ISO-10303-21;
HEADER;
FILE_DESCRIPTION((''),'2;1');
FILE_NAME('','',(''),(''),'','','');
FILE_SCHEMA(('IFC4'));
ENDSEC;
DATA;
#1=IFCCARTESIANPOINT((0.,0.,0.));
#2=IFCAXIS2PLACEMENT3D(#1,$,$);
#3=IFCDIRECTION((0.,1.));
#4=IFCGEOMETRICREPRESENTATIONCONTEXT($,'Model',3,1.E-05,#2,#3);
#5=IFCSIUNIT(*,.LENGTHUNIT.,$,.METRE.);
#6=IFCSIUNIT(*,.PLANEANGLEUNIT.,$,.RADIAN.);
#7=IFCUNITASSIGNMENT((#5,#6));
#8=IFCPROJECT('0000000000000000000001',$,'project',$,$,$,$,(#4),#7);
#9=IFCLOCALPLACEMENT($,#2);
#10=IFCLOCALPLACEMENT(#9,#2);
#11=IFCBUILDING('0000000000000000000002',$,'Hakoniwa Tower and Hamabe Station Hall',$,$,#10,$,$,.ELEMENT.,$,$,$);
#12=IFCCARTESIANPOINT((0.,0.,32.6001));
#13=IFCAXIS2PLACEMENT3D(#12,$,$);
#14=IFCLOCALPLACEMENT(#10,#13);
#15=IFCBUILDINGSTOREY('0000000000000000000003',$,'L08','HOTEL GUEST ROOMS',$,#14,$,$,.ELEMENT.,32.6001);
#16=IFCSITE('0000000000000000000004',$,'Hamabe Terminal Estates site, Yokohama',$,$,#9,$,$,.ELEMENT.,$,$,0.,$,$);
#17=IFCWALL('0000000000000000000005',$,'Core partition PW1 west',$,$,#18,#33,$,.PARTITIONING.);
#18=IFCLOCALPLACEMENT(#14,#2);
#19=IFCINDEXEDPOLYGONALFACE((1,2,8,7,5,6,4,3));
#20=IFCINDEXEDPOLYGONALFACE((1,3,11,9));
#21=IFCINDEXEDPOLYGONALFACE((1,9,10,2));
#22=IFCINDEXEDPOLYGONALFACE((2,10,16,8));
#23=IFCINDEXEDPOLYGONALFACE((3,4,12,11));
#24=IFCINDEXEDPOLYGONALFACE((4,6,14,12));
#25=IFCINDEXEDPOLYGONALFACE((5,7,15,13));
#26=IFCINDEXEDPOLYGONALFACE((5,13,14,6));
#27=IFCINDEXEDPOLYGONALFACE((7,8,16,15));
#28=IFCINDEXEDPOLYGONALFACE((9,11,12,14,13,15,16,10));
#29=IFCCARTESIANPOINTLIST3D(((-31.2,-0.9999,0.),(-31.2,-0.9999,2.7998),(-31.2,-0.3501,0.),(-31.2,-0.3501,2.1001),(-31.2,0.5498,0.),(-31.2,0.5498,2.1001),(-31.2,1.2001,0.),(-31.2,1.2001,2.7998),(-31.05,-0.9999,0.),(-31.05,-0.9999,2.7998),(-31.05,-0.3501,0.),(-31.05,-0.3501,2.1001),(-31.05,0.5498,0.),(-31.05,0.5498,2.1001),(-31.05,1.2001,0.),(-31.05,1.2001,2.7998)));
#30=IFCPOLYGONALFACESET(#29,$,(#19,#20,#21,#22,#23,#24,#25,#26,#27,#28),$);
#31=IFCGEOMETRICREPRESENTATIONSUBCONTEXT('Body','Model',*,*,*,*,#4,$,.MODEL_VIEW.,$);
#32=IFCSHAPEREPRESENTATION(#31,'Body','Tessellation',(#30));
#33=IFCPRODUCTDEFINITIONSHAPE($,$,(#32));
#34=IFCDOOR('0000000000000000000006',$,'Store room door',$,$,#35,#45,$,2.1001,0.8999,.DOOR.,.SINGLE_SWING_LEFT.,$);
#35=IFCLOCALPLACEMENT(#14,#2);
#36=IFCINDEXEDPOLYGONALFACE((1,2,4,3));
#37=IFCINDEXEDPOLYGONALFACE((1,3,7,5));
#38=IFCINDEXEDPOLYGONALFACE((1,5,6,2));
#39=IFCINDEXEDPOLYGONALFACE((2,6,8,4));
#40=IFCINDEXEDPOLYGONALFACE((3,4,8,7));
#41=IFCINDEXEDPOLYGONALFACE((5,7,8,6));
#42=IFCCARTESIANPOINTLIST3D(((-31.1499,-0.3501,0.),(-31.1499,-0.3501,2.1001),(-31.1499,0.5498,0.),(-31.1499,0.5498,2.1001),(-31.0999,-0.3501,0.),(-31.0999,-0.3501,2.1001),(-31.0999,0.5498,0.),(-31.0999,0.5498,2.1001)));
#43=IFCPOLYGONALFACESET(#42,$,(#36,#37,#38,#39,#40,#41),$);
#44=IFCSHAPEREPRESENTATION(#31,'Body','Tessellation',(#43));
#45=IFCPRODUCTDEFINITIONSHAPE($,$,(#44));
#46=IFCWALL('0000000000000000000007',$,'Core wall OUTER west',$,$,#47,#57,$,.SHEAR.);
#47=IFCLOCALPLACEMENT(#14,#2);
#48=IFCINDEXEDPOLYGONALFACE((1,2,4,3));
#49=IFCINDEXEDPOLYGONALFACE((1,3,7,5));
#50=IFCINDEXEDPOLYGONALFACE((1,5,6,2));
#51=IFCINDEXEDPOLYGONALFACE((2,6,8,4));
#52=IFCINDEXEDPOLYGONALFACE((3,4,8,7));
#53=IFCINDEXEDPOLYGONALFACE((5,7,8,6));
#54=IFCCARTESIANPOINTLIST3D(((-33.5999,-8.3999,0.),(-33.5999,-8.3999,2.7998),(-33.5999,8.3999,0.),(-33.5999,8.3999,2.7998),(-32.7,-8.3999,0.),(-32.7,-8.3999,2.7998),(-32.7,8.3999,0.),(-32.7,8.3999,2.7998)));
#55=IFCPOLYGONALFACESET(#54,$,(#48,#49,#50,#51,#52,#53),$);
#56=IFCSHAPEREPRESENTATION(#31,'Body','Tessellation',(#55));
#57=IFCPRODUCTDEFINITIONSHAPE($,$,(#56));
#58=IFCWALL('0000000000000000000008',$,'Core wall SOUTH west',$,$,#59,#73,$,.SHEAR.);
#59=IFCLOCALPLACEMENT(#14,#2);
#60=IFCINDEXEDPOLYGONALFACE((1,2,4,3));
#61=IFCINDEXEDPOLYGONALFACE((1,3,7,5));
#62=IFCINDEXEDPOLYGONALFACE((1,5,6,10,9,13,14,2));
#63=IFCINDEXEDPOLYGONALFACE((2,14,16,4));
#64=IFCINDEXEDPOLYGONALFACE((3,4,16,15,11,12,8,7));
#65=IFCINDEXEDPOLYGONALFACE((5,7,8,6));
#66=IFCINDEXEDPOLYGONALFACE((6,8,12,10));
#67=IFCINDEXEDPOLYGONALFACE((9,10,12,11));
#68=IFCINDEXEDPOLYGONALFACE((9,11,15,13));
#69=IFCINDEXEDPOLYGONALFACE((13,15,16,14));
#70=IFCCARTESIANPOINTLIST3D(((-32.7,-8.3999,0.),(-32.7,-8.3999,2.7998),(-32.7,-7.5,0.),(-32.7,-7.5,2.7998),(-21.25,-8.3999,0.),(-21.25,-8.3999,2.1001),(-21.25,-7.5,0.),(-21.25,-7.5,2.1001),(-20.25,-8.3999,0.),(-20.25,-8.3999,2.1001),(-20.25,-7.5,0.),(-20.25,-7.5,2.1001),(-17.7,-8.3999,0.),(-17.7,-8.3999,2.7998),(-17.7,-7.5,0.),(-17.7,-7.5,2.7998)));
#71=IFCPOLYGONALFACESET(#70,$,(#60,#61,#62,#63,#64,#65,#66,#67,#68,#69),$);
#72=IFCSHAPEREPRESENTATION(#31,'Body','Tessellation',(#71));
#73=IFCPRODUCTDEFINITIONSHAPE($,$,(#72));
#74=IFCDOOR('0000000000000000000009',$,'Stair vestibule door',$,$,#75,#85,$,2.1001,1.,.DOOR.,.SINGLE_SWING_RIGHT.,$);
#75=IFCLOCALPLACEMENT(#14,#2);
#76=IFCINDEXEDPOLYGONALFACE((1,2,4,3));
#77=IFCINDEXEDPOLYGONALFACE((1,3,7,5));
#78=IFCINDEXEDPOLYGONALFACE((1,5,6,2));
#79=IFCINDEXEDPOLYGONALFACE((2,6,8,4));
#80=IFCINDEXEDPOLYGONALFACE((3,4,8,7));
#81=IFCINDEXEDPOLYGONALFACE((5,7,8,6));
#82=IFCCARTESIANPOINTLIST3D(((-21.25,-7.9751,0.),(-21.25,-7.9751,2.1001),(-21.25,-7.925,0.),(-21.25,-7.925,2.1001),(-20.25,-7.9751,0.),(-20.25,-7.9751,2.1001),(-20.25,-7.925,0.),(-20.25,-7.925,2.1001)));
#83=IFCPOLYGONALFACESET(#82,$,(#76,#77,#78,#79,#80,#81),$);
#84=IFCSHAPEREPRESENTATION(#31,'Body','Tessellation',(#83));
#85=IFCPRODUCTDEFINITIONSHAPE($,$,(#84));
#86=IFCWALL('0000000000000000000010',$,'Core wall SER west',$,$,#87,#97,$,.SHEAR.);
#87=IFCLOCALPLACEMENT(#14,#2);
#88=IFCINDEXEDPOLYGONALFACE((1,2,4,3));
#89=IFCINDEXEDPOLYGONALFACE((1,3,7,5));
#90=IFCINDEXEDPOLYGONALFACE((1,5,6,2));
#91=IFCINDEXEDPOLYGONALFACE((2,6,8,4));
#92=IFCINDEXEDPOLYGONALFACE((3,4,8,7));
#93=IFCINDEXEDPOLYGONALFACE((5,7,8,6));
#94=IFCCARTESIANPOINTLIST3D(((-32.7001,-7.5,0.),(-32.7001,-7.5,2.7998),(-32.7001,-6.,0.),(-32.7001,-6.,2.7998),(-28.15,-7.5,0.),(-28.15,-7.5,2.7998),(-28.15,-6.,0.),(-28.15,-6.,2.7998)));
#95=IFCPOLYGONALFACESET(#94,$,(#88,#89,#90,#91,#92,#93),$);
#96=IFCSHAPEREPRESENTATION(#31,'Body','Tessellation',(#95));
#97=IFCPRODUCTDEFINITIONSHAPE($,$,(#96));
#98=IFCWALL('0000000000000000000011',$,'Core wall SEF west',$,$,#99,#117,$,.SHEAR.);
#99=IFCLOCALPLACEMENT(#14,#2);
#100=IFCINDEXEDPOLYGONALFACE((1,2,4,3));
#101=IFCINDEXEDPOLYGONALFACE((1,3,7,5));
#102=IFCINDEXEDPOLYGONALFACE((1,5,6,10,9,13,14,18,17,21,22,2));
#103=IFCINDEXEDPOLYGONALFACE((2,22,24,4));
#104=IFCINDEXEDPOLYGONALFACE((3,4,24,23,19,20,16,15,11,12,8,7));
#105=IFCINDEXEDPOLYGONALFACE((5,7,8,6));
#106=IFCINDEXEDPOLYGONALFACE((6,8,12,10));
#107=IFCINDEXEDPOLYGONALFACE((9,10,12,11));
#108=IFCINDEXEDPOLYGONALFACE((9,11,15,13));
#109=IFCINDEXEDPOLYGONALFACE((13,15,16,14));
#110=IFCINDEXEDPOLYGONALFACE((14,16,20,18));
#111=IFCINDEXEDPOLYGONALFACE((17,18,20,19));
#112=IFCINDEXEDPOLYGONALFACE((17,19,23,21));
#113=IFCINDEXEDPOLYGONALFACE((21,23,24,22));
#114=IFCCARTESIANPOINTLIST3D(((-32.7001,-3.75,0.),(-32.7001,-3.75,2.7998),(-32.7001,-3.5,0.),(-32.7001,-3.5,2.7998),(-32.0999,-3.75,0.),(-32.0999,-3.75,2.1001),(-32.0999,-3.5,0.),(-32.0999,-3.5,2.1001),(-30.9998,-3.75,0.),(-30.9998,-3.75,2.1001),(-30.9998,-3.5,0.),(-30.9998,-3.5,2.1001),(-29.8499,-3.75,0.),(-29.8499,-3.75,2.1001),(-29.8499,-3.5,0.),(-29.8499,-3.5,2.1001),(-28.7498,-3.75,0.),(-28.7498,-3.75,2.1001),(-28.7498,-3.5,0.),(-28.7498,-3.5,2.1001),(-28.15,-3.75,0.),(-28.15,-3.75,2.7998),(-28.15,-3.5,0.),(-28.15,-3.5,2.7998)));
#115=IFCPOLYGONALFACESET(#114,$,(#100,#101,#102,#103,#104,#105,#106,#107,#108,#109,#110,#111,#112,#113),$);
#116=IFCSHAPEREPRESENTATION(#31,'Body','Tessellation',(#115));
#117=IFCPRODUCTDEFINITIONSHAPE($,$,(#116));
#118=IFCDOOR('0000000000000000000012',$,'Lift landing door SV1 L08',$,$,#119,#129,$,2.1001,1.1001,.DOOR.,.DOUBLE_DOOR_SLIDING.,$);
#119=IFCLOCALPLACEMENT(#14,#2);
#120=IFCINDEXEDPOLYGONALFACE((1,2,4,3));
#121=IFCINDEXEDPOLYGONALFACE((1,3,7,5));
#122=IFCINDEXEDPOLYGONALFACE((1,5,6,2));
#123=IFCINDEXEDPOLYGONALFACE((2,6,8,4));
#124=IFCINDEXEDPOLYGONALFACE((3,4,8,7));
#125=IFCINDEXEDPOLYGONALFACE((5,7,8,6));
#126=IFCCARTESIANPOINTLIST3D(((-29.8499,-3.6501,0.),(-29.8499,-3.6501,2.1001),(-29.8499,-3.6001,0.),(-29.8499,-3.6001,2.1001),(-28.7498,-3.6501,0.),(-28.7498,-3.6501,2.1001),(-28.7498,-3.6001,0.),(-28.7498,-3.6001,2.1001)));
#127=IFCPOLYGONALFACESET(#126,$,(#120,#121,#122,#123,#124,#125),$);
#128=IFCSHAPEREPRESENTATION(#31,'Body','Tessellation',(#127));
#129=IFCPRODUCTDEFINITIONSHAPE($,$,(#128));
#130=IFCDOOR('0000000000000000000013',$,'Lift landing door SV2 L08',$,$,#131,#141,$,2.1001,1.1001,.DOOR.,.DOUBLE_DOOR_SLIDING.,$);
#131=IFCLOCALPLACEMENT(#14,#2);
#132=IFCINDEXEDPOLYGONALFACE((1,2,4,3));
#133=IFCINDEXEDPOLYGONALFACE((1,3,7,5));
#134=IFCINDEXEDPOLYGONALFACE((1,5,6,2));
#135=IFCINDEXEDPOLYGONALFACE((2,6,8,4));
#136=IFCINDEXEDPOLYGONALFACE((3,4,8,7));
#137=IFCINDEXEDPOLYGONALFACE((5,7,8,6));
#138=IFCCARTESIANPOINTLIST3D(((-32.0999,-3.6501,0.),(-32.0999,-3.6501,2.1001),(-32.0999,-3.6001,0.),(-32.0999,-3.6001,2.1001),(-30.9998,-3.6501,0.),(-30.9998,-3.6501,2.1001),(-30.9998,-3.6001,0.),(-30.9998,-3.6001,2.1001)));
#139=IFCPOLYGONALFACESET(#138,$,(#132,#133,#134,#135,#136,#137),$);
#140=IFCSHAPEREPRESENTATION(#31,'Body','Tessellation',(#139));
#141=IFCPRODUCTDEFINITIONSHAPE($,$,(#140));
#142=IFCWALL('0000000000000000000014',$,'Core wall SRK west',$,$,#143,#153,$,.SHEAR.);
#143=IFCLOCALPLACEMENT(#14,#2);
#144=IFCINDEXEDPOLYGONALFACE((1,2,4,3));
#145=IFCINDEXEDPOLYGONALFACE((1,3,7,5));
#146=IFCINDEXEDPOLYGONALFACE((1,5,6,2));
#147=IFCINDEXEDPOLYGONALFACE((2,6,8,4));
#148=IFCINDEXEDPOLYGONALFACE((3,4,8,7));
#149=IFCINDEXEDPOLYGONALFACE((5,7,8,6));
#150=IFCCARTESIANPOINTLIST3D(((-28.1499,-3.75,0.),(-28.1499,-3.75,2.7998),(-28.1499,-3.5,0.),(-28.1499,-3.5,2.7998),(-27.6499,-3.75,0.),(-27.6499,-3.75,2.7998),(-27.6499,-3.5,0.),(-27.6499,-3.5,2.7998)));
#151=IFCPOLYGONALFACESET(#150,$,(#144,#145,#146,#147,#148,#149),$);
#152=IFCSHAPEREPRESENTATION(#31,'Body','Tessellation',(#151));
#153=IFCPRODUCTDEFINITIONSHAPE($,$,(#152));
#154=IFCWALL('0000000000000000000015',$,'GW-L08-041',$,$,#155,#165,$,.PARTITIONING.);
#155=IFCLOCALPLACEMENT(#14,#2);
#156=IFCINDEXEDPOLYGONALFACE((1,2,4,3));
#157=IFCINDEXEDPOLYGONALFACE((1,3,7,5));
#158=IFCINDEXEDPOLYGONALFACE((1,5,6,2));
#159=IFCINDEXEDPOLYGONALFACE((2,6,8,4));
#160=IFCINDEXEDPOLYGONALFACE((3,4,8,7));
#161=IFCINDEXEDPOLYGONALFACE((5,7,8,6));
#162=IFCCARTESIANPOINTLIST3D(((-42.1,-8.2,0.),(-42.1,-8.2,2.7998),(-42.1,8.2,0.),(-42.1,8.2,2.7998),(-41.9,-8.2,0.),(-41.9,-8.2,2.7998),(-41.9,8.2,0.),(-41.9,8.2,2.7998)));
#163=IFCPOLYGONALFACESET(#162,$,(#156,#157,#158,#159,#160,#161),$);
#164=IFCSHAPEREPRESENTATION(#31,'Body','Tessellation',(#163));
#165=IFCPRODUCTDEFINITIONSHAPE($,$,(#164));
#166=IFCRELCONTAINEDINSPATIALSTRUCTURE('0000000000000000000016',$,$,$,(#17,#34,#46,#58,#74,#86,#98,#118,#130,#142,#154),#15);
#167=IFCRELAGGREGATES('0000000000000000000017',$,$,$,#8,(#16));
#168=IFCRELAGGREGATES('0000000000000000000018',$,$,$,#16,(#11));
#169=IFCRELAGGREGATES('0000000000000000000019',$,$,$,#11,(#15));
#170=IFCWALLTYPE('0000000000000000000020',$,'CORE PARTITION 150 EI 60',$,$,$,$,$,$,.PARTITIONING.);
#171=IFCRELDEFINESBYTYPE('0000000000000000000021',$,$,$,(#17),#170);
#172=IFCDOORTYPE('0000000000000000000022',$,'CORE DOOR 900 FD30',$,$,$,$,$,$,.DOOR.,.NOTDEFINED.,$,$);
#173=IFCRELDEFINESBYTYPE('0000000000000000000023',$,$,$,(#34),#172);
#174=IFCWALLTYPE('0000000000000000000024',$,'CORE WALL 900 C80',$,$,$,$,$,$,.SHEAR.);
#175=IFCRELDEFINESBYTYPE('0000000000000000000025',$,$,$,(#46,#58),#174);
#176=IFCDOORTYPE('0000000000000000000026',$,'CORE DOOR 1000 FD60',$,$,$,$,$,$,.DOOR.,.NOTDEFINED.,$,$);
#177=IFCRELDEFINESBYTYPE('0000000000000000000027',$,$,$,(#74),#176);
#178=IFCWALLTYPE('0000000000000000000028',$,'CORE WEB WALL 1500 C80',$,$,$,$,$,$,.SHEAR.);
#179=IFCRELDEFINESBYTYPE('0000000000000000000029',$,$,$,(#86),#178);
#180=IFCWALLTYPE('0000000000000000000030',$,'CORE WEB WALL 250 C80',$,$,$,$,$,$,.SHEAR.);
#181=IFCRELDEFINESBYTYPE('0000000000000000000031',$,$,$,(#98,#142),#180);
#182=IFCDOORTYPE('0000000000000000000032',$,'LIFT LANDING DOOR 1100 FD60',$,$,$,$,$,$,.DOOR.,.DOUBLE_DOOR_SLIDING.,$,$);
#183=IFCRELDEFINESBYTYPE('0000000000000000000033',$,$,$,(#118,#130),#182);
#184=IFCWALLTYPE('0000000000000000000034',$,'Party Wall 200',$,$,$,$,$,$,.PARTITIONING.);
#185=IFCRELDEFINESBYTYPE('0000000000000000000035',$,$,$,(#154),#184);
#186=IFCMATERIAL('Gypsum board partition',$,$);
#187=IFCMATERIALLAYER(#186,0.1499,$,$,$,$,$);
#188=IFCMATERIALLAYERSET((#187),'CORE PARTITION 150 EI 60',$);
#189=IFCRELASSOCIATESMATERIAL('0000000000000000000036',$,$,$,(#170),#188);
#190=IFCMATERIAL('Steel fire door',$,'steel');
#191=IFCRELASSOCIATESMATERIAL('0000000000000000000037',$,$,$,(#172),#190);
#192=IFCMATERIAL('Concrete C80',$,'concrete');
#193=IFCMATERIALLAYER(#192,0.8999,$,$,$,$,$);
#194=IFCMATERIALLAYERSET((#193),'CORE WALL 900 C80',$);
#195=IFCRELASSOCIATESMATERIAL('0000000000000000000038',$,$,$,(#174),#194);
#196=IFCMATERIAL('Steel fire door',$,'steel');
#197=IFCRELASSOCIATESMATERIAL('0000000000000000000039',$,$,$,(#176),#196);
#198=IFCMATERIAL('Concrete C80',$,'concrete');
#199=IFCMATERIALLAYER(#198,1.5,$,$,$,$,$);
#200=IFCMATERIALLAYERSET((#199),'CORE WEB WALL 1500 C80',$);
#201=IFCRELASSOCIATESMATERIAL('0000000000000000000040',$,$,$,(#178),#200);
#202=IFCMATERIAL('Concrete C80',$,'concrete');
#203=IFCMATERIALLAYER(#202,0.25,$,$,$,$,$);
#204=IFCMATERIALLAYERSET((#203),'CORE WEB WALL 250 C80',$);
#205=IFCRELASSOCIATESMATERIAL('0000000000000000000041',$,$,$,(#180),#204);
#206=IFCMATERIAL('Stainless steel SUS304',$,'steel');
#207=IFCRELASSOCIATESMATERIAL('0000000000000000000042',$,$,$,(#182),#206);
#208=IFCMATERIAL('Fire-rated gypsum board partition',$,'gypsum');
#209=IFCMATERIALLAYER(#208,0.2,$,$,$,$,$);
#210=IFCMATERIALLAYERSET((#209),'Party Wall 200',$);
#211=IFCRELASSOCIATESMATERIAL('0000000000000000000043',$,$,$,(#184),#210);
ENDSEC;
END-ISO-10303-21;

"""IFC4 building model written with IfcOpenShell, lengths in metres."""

from ifc_helpers import new_model, si_unit, direction, frame, frame_2d, origin, place, context, subcontext, project, spatial, rectangle, extrude, material, layer, layer_set, type_object, element, fill, save


model = new_model("IFC4")

# Units and contexts
model_context = context("Model", 3, precision=1e-05, world=origin(), true_north=direction((0.0, 1.0)))
body_context = subcontext(model_context, "Body", "Model", "MODEL_VIEW")
ifc_project = project(units=[si_unit("LENGTHUNIT", "METRE"), si_unit("PLANEANGLEUNIT", "RADIAN")], contexts=[model_context])

# Site, building, storey
site_placement = place(None, origin())
site = spatial("IfcSite", under=ifc_project, at=site_placement, Name="Hamabe Terminal Estates site, Yokohama", CompositionType="ELEMENT", RefElevation=0.0)
building_placement = place(site_placement, origin())
building = spatial("IfcBuilding", under=site, at=building_placement, Name="Hakoniwa Tower and Hamabe Station Hall", CompositionType="ELEMENT")
storey_placement = place(building_placement, frame((0.0, 0.0, 32.6001)))
storey = spatial("IfcBuildingStorey", under=building, at=storey_placement, Name="L08", Description="HOTEL GUEST ROOMS", CompositionType="ELEMENT", Elevation=32.6001)

# Shared definitions
ifc_material_1 = material(Name="Gypsum board partition")
ifc_layer_1 = layer(ifc_material_1, 0.1499)
ifc_layer_set_1 = layer_set([ifc_layer_1], Name="CORE PARTITION 150 EI 60")
wall_type_1 = type_object("IfcWallType", Name="CORE PARTITION 150 EI 60", PredefinedType="PARTITIONING", material=ifc_layer_set_1)
ifc_material_2 = material(Name="Steel fire door", Category="steel")
door_type_1 = type_object("IfcDoorType", Name="CORE DOOR 900 FD30", OperationType="NOTDEFINED", PredefinedType="DOOR", material=ifc_material_2)

# Wall, opening, door
wall_1_placement = place(storey_placement, frame((-31.125, -1.0, 0.0), z_axis=(0.0, 0.0, 1.0), x_axis=(0.0, 1.0, 0.0)))
wall_1 = element("IfcWall", 1, at=wall_1_placement, inside=storey, type_object=wall_type_1, Name="Core partition PW1 west", PredefinedType="PARTITIONING", context=body_context, shape_type="SweptSolid", body=[
    extrude(rectangle(XDim=2.2, YDim=0.1499, at=frame_2d((1.1001, 0.0))), origin(), (0.0, 0.0, 1.0), 2.7998),
])
opening_1_placement = place(wall_1_placement, frame((0.6499, 0.0, 0.0)))
opening_1 = element("IfcOpeningElement", 2, at=opening_1_placement, cuts=wall_1, PredefinedType="OPENING", context=body_context, shape_type="SweptSolid", body=[
    extrude(rectangle(XDim=0.8999, YDim=2.1001, at=frame_2d((0.45, 1.05))), frame((0.0, 0.085, 0.0), z_axis=(0.0, -1.0, 0.0), x_axis=(1.0, 0.0, 0.0)), (0.0, 0.0, 1.0), 0.1699),
])
door_1_placement = place(opening_1_placement, origin())
door_1 = element("IfcDoor", 3, at=door_1_placement, inside=storey, type_object=door_type_1, Name="Store room door", OperationType="SINGLE_SWING_LEFT", OverallHeight=2.1001, OverallWidth=0.8999, PredefinedType="DOOR", context=body_context, shape_type="SweptSolid", body=[
    extrude(rectangle(XDim=0.8999, YDim=2.1001, at=frame_2d((0.45, 1.05))), frame((0.0, 0.0249, 0.0), z_axis=(0.0, -1.0, 0.0), x_axis=(1.0, 0.0, 0.0)), (0.0, 0.0, 1.0), 0.05),
])
fill(opening_1, door_1)

# Wall
ifc_material_3 = material(Name="Concrete C80", Category="concrete")
ifc_layer_2 = layer(ifc_material_3, 0.8999)
ifc_layer_set_2 = layer_set([ifc_layer_2], Name="CORE WALL 900 C80")
wall_type_2 = type_object("IfcWallType", Name="CORE WALL 900 C80", PredefinedType="SHEAR", material=ifc_layer_set_2)
wall_2_placement = place(storey_placement, frame((-33.1499, -8.3999, 0.0), z_axis=(0.0, 0.0, 1.0), x_axis=(0.0, 1.0, 0.0)))
element("IfcWall", 4, at=wall_2_placement, inside=storey, type_object=wall_type_2, Name="Core wall OUTER west", PredefinedType="SHEAR", context=body_context, shape_type="SweptSolid", body=[
    extrude(rectangle(XDim=16.7998, YDim=0.8999, at=frame_2d((8.3999, 0.0))), origin(), (0.0, 0.0, 1.0), 2.7998),
])

# Wall, opening, door
wall_3_placement = place(storey_placement, frame((-32.7, -7.95, 0.0), z_axis=(0.0, 0.0, 1.0), x_axis=(1.0, 0.0, 0.0)))
wall_3 = element("IfcWall", 5, at=wall_3_placement, inside=storey, type_object=wall_type_2, Name="Core wall SOUTH west", PredefinedType="SHEAR", context=body_context, shape_type="SweptSolid", body=[
    extrude(rectangle(XDim=15.0, YDim=0.8999, at=frame_2d((7.5, 0.0))), origin(), (0.0, 0.0, 1.0), 2.7998),
])
opening_2_placement = place(wall_3_placement, frame((11.45, 0.0, 0.0)))
opening_2 = element("IfcOpeningElement", 6, at=opening_2_placement, cuts=wall_3, PredefinedType="OPENING", context=body_context, shape_type="SweptSolid", body=[
    extrude(rectangle(XDim=1.0, YDim=2.1001, at=frame_2d((0.5, 1.05))), frame((0.0, 0.46, 0.0), z_axis=(0.0, -1.0, 0.0), x_axis=(1.0, 0.0, 0.0)), (0.0, 0.0, 1.0), 0.9199),
])
ifc_material_4 = material(Name="Steel fire door", Category="steel")
door_type_2 = type_object("IfcDoorType", Name="CORE DOOR 1000 FD60", OperationType="NOTDEFINED", PredefinedType="DOOR", material=ifc_material_4)
door_2_placement = place(opening_2_placement, origin())
door_2 = element("IfcDoor", 7, at=door_2_placement, inside=storey, type_object=door_type_2, Name="Stair vestibule door", OperationType="SINGLE_SWING_RIGHT", OverallHeight=2.1001, OverallWidth=1.0, PredefinedType="DOOR", context=body_context, shape_type="SweptSolid", body=[
    extrude(rectangle(XDim=1.0, YDim=2.1001, at=frame_2d((0.5, 1.05))), frame((0.0, 0.0249, 0.0), z_axis=(0.0, -1.0, 0.0), x_axis=(1.0, 0.0, 0.0)), (0.0, 0.0, 1.0), 0.05),
])
fill(opening_2, door_2)

# Wall
ifc_material_5 = material(Name="Concrete C80", Category="concrete")
ifc_layer_3 = layer(ifc_material_5, 1.5)
ifc_layer_set_3 = layer_set([ifc_layer_3], Name="CORE WEB WALL 1500 C80")
wall_type_3 = type_object("IfcWallType", Name="CORE WEB WALL 1500 C80", PredefinedType="SHEAR", material=ifc_layer_set_3)
wall_4_placement = place(storey_placement, frame((-32.7, -6.75, 0.0), z_axis=(0.0, 0.0, 1.0), x_axis=(1.0, 0.0, 0.0)))
element("IfcWall", 8, at=wall_4_placement, inside=storey, type_object=wall_type_3, Name="Core wall SER west", PredefinedType="SHEAR", context=body_context, shape_type="SweptSolid", body=[
    extrude(rectangle(XDim=4.55, YDim=1.5, at=frame_2d((2.2749, 0.0))), origin(), (0.0, 0.0, 1.0), 2.7998),
])

# Wall, openings, doors
ifc_material_6 = material(Name="Concrete C80", Category="concrete")
ifc_layer_4 = layer(ifc_material_6, 0.25)
ifc_layer_set_4 = layer_set([ifc_layer_4], Name="CORE WEB WALL 250 C80")
wall_type_4 = type_object("IfcWallType", Name="CORE WEB WALL 250 C80", PredefinedType="SHEAR", material=ifc_layer_set_4)
wall_5_placement = place(storey_placement, frame((-32.7, -3.625, 0.0), z_axis=(0.0, 0.0, 1.0), x_axis=(1.0, 0.0, 0.0)))
wall_5 = element("IfcWall", 9, at=wall_5_placement, inside=storey, type_object=wall_type_4, Name="Core wall SEF west", PredefinedType="SHEAR", context=body_context, shape_type="SweptSolid", body=[
    extrude(rectangle(XDim=4.55, YDim=0.25, at=frame_2d((2.2749, 0.0))), origin(), (0.0, 0.0, 1.0), 2.7998),
])
opening_3_placement = place(wall_5_placement, frame((2.8501, 0.0, 0.0)))
opening_3 = element("IfcOpeningElement", 10, at=opening_3_placement, cuts=wall_5, PredefinedType="OPENING", context=body_context, shape_type="SweptSolid", body=[
    extrude(rectangle(XDim=1.1001, YDim=2.1001, at=frame_2d((0.55, 1.05))), frame((0.0, 0.135, 0.0), z_axis=(0.0, -1.0, 0.0), x_axis=(1.0, 0.0, 0.0)), (0.0, 0.0, 1.0), 0.27),
])
opening_4_placement = place(wall_5_placement, frame((0.6001, 0.0, 0.0)))
opening_4 = element("IfcOpeningElement", 11, at=opening_4_placement, cuts=wall_5, PredefinedType="OPENING", context=body_context, shape_type="SweptSolid", body=[
    extrude(rectangle(XDim=1.1001, YDim=2.1001, at=frame_2d((0.55, 1.05))), frame((0.0, 0.135, 0.0), z_axis=(0.0, -1.0, 0.0), x_axis=(1.0, 0.0, 0.0)), (0.0, 0.0, 1.0), 0.27),
])
ifc_material_7 = material(Name="Stainless steel SUS304", Category="steel")
door_type_3 = type_object("IfcDoorType", Name="LIFT LANDING DOOR 1100 FD60", OperationType="DOUBLE_DOOR_SLIDING", PredefinedType="DOOR", material=ifc_material_7)
door_3_placement = place(opening_3_placement, origin())
door_3 = element("IfcDoor", 12, at=door_3_placement, inside=storey, type_object=door_type_3, Name="Lift landing door SV1 L08", OperationType="DOUBLE_DOOR_SLIDING", OverallHeight=2.1001, OverallWidth=1.1001, PredefinedType="DOOR", context=body_context, shape_type="SweptSolid", body=[
    extrude(rectangle(XDim=1.1001, YDim=2.1001, at=frame_2d((0.55, 1.05))), frame((0.0, 0.0249, 0.0), z_axis=(0.0, -1.0, 0.0), x_axis=(1.0, 0.0, 0.0)), (0.0, 0.0, 1.0), 0.05),
])
fill(opening_3, door_3)
door_4_placement = place(opening_4_placement, origin())
door_4 = element("IfcDoor", 13, at=door_4_placement, inside=storey, type_object=door_type_3, Name="Lift landing door SV2 L08", OperationType="DOUBLE_DOOR_SLIDING", OverallHeight=2.1001, OverallWidth=1.1001, PredefinedType="DOOR", context=body_context, shape_type="SweptSolid", body=[
    extrude(rectangle(XDim=1.1001, YDim=2.1001, at=frame_2d((0.55, 1.05))), frame((0.0, 0.0249, 0.0), z_axis=(0.0, -1.0, 0.0), x_axis=(1.0, 0.0, 0.0)), (0.0, 0.0, 1.0), 0.05),
])
fill(opening_4, door_4)

# Walls
wall_6_placement = place(storey_placement, frame((-28.1499, -3.625, 0.0), z_axis=(0.0, 0.0, 1.0), x_axis=(1.0, 0.0, 0.0)))
element("IfcWall", 14, at=wall_6_placement, inside=storey, type_object=wall_type_4, Name="Core wall SRK west", PredefinedType="SHEAR", context=body_context, shape_type="SweptSolid", body=[
    extrude(rectangle(XDim=0.5, YDim=0.25, at=frame_2d((0.25, 0.0))), origin(), (0.0, 0.0, 1.0), 2.7998),
])
ifc_material_8 = material(Name="Fire-rated gypsum board partition", Category="gypsum")
ifc_layer_5 = layer(ifc_material_8, 0.2)
ifc_layer_set_5 = layer_set([ifc_layer_5], Name="Party Wall 200")
wall_type_5 = type_object("IfcWallType", Name="Party Wall 200", PredefinedType="PARTITIONING", material=ifc_layer_set_5)
wall_7_placement = place(storey_placement, frame((-42.0, -8.2, 0.0), z_axis=(0.0, 0.0, 1.0), x_axis=(0.0, 1.0, 0.0)))
element("IfcWall", 15, at=wall_7_placement, inside=storey, type_object=wall_type_5, Name="GW-L08-041", PredefinedType="PARTITIONING", context=body_context, shape_type="SweptSolid", body=[
    extrude(rectangle(XDim=16.3999, YDim=0.2, at=frame_2d((8.2, 0.0))), origin(), (0.0, 0.0, 1.0), 2.7998),
])

save(model, "model.ifc")
